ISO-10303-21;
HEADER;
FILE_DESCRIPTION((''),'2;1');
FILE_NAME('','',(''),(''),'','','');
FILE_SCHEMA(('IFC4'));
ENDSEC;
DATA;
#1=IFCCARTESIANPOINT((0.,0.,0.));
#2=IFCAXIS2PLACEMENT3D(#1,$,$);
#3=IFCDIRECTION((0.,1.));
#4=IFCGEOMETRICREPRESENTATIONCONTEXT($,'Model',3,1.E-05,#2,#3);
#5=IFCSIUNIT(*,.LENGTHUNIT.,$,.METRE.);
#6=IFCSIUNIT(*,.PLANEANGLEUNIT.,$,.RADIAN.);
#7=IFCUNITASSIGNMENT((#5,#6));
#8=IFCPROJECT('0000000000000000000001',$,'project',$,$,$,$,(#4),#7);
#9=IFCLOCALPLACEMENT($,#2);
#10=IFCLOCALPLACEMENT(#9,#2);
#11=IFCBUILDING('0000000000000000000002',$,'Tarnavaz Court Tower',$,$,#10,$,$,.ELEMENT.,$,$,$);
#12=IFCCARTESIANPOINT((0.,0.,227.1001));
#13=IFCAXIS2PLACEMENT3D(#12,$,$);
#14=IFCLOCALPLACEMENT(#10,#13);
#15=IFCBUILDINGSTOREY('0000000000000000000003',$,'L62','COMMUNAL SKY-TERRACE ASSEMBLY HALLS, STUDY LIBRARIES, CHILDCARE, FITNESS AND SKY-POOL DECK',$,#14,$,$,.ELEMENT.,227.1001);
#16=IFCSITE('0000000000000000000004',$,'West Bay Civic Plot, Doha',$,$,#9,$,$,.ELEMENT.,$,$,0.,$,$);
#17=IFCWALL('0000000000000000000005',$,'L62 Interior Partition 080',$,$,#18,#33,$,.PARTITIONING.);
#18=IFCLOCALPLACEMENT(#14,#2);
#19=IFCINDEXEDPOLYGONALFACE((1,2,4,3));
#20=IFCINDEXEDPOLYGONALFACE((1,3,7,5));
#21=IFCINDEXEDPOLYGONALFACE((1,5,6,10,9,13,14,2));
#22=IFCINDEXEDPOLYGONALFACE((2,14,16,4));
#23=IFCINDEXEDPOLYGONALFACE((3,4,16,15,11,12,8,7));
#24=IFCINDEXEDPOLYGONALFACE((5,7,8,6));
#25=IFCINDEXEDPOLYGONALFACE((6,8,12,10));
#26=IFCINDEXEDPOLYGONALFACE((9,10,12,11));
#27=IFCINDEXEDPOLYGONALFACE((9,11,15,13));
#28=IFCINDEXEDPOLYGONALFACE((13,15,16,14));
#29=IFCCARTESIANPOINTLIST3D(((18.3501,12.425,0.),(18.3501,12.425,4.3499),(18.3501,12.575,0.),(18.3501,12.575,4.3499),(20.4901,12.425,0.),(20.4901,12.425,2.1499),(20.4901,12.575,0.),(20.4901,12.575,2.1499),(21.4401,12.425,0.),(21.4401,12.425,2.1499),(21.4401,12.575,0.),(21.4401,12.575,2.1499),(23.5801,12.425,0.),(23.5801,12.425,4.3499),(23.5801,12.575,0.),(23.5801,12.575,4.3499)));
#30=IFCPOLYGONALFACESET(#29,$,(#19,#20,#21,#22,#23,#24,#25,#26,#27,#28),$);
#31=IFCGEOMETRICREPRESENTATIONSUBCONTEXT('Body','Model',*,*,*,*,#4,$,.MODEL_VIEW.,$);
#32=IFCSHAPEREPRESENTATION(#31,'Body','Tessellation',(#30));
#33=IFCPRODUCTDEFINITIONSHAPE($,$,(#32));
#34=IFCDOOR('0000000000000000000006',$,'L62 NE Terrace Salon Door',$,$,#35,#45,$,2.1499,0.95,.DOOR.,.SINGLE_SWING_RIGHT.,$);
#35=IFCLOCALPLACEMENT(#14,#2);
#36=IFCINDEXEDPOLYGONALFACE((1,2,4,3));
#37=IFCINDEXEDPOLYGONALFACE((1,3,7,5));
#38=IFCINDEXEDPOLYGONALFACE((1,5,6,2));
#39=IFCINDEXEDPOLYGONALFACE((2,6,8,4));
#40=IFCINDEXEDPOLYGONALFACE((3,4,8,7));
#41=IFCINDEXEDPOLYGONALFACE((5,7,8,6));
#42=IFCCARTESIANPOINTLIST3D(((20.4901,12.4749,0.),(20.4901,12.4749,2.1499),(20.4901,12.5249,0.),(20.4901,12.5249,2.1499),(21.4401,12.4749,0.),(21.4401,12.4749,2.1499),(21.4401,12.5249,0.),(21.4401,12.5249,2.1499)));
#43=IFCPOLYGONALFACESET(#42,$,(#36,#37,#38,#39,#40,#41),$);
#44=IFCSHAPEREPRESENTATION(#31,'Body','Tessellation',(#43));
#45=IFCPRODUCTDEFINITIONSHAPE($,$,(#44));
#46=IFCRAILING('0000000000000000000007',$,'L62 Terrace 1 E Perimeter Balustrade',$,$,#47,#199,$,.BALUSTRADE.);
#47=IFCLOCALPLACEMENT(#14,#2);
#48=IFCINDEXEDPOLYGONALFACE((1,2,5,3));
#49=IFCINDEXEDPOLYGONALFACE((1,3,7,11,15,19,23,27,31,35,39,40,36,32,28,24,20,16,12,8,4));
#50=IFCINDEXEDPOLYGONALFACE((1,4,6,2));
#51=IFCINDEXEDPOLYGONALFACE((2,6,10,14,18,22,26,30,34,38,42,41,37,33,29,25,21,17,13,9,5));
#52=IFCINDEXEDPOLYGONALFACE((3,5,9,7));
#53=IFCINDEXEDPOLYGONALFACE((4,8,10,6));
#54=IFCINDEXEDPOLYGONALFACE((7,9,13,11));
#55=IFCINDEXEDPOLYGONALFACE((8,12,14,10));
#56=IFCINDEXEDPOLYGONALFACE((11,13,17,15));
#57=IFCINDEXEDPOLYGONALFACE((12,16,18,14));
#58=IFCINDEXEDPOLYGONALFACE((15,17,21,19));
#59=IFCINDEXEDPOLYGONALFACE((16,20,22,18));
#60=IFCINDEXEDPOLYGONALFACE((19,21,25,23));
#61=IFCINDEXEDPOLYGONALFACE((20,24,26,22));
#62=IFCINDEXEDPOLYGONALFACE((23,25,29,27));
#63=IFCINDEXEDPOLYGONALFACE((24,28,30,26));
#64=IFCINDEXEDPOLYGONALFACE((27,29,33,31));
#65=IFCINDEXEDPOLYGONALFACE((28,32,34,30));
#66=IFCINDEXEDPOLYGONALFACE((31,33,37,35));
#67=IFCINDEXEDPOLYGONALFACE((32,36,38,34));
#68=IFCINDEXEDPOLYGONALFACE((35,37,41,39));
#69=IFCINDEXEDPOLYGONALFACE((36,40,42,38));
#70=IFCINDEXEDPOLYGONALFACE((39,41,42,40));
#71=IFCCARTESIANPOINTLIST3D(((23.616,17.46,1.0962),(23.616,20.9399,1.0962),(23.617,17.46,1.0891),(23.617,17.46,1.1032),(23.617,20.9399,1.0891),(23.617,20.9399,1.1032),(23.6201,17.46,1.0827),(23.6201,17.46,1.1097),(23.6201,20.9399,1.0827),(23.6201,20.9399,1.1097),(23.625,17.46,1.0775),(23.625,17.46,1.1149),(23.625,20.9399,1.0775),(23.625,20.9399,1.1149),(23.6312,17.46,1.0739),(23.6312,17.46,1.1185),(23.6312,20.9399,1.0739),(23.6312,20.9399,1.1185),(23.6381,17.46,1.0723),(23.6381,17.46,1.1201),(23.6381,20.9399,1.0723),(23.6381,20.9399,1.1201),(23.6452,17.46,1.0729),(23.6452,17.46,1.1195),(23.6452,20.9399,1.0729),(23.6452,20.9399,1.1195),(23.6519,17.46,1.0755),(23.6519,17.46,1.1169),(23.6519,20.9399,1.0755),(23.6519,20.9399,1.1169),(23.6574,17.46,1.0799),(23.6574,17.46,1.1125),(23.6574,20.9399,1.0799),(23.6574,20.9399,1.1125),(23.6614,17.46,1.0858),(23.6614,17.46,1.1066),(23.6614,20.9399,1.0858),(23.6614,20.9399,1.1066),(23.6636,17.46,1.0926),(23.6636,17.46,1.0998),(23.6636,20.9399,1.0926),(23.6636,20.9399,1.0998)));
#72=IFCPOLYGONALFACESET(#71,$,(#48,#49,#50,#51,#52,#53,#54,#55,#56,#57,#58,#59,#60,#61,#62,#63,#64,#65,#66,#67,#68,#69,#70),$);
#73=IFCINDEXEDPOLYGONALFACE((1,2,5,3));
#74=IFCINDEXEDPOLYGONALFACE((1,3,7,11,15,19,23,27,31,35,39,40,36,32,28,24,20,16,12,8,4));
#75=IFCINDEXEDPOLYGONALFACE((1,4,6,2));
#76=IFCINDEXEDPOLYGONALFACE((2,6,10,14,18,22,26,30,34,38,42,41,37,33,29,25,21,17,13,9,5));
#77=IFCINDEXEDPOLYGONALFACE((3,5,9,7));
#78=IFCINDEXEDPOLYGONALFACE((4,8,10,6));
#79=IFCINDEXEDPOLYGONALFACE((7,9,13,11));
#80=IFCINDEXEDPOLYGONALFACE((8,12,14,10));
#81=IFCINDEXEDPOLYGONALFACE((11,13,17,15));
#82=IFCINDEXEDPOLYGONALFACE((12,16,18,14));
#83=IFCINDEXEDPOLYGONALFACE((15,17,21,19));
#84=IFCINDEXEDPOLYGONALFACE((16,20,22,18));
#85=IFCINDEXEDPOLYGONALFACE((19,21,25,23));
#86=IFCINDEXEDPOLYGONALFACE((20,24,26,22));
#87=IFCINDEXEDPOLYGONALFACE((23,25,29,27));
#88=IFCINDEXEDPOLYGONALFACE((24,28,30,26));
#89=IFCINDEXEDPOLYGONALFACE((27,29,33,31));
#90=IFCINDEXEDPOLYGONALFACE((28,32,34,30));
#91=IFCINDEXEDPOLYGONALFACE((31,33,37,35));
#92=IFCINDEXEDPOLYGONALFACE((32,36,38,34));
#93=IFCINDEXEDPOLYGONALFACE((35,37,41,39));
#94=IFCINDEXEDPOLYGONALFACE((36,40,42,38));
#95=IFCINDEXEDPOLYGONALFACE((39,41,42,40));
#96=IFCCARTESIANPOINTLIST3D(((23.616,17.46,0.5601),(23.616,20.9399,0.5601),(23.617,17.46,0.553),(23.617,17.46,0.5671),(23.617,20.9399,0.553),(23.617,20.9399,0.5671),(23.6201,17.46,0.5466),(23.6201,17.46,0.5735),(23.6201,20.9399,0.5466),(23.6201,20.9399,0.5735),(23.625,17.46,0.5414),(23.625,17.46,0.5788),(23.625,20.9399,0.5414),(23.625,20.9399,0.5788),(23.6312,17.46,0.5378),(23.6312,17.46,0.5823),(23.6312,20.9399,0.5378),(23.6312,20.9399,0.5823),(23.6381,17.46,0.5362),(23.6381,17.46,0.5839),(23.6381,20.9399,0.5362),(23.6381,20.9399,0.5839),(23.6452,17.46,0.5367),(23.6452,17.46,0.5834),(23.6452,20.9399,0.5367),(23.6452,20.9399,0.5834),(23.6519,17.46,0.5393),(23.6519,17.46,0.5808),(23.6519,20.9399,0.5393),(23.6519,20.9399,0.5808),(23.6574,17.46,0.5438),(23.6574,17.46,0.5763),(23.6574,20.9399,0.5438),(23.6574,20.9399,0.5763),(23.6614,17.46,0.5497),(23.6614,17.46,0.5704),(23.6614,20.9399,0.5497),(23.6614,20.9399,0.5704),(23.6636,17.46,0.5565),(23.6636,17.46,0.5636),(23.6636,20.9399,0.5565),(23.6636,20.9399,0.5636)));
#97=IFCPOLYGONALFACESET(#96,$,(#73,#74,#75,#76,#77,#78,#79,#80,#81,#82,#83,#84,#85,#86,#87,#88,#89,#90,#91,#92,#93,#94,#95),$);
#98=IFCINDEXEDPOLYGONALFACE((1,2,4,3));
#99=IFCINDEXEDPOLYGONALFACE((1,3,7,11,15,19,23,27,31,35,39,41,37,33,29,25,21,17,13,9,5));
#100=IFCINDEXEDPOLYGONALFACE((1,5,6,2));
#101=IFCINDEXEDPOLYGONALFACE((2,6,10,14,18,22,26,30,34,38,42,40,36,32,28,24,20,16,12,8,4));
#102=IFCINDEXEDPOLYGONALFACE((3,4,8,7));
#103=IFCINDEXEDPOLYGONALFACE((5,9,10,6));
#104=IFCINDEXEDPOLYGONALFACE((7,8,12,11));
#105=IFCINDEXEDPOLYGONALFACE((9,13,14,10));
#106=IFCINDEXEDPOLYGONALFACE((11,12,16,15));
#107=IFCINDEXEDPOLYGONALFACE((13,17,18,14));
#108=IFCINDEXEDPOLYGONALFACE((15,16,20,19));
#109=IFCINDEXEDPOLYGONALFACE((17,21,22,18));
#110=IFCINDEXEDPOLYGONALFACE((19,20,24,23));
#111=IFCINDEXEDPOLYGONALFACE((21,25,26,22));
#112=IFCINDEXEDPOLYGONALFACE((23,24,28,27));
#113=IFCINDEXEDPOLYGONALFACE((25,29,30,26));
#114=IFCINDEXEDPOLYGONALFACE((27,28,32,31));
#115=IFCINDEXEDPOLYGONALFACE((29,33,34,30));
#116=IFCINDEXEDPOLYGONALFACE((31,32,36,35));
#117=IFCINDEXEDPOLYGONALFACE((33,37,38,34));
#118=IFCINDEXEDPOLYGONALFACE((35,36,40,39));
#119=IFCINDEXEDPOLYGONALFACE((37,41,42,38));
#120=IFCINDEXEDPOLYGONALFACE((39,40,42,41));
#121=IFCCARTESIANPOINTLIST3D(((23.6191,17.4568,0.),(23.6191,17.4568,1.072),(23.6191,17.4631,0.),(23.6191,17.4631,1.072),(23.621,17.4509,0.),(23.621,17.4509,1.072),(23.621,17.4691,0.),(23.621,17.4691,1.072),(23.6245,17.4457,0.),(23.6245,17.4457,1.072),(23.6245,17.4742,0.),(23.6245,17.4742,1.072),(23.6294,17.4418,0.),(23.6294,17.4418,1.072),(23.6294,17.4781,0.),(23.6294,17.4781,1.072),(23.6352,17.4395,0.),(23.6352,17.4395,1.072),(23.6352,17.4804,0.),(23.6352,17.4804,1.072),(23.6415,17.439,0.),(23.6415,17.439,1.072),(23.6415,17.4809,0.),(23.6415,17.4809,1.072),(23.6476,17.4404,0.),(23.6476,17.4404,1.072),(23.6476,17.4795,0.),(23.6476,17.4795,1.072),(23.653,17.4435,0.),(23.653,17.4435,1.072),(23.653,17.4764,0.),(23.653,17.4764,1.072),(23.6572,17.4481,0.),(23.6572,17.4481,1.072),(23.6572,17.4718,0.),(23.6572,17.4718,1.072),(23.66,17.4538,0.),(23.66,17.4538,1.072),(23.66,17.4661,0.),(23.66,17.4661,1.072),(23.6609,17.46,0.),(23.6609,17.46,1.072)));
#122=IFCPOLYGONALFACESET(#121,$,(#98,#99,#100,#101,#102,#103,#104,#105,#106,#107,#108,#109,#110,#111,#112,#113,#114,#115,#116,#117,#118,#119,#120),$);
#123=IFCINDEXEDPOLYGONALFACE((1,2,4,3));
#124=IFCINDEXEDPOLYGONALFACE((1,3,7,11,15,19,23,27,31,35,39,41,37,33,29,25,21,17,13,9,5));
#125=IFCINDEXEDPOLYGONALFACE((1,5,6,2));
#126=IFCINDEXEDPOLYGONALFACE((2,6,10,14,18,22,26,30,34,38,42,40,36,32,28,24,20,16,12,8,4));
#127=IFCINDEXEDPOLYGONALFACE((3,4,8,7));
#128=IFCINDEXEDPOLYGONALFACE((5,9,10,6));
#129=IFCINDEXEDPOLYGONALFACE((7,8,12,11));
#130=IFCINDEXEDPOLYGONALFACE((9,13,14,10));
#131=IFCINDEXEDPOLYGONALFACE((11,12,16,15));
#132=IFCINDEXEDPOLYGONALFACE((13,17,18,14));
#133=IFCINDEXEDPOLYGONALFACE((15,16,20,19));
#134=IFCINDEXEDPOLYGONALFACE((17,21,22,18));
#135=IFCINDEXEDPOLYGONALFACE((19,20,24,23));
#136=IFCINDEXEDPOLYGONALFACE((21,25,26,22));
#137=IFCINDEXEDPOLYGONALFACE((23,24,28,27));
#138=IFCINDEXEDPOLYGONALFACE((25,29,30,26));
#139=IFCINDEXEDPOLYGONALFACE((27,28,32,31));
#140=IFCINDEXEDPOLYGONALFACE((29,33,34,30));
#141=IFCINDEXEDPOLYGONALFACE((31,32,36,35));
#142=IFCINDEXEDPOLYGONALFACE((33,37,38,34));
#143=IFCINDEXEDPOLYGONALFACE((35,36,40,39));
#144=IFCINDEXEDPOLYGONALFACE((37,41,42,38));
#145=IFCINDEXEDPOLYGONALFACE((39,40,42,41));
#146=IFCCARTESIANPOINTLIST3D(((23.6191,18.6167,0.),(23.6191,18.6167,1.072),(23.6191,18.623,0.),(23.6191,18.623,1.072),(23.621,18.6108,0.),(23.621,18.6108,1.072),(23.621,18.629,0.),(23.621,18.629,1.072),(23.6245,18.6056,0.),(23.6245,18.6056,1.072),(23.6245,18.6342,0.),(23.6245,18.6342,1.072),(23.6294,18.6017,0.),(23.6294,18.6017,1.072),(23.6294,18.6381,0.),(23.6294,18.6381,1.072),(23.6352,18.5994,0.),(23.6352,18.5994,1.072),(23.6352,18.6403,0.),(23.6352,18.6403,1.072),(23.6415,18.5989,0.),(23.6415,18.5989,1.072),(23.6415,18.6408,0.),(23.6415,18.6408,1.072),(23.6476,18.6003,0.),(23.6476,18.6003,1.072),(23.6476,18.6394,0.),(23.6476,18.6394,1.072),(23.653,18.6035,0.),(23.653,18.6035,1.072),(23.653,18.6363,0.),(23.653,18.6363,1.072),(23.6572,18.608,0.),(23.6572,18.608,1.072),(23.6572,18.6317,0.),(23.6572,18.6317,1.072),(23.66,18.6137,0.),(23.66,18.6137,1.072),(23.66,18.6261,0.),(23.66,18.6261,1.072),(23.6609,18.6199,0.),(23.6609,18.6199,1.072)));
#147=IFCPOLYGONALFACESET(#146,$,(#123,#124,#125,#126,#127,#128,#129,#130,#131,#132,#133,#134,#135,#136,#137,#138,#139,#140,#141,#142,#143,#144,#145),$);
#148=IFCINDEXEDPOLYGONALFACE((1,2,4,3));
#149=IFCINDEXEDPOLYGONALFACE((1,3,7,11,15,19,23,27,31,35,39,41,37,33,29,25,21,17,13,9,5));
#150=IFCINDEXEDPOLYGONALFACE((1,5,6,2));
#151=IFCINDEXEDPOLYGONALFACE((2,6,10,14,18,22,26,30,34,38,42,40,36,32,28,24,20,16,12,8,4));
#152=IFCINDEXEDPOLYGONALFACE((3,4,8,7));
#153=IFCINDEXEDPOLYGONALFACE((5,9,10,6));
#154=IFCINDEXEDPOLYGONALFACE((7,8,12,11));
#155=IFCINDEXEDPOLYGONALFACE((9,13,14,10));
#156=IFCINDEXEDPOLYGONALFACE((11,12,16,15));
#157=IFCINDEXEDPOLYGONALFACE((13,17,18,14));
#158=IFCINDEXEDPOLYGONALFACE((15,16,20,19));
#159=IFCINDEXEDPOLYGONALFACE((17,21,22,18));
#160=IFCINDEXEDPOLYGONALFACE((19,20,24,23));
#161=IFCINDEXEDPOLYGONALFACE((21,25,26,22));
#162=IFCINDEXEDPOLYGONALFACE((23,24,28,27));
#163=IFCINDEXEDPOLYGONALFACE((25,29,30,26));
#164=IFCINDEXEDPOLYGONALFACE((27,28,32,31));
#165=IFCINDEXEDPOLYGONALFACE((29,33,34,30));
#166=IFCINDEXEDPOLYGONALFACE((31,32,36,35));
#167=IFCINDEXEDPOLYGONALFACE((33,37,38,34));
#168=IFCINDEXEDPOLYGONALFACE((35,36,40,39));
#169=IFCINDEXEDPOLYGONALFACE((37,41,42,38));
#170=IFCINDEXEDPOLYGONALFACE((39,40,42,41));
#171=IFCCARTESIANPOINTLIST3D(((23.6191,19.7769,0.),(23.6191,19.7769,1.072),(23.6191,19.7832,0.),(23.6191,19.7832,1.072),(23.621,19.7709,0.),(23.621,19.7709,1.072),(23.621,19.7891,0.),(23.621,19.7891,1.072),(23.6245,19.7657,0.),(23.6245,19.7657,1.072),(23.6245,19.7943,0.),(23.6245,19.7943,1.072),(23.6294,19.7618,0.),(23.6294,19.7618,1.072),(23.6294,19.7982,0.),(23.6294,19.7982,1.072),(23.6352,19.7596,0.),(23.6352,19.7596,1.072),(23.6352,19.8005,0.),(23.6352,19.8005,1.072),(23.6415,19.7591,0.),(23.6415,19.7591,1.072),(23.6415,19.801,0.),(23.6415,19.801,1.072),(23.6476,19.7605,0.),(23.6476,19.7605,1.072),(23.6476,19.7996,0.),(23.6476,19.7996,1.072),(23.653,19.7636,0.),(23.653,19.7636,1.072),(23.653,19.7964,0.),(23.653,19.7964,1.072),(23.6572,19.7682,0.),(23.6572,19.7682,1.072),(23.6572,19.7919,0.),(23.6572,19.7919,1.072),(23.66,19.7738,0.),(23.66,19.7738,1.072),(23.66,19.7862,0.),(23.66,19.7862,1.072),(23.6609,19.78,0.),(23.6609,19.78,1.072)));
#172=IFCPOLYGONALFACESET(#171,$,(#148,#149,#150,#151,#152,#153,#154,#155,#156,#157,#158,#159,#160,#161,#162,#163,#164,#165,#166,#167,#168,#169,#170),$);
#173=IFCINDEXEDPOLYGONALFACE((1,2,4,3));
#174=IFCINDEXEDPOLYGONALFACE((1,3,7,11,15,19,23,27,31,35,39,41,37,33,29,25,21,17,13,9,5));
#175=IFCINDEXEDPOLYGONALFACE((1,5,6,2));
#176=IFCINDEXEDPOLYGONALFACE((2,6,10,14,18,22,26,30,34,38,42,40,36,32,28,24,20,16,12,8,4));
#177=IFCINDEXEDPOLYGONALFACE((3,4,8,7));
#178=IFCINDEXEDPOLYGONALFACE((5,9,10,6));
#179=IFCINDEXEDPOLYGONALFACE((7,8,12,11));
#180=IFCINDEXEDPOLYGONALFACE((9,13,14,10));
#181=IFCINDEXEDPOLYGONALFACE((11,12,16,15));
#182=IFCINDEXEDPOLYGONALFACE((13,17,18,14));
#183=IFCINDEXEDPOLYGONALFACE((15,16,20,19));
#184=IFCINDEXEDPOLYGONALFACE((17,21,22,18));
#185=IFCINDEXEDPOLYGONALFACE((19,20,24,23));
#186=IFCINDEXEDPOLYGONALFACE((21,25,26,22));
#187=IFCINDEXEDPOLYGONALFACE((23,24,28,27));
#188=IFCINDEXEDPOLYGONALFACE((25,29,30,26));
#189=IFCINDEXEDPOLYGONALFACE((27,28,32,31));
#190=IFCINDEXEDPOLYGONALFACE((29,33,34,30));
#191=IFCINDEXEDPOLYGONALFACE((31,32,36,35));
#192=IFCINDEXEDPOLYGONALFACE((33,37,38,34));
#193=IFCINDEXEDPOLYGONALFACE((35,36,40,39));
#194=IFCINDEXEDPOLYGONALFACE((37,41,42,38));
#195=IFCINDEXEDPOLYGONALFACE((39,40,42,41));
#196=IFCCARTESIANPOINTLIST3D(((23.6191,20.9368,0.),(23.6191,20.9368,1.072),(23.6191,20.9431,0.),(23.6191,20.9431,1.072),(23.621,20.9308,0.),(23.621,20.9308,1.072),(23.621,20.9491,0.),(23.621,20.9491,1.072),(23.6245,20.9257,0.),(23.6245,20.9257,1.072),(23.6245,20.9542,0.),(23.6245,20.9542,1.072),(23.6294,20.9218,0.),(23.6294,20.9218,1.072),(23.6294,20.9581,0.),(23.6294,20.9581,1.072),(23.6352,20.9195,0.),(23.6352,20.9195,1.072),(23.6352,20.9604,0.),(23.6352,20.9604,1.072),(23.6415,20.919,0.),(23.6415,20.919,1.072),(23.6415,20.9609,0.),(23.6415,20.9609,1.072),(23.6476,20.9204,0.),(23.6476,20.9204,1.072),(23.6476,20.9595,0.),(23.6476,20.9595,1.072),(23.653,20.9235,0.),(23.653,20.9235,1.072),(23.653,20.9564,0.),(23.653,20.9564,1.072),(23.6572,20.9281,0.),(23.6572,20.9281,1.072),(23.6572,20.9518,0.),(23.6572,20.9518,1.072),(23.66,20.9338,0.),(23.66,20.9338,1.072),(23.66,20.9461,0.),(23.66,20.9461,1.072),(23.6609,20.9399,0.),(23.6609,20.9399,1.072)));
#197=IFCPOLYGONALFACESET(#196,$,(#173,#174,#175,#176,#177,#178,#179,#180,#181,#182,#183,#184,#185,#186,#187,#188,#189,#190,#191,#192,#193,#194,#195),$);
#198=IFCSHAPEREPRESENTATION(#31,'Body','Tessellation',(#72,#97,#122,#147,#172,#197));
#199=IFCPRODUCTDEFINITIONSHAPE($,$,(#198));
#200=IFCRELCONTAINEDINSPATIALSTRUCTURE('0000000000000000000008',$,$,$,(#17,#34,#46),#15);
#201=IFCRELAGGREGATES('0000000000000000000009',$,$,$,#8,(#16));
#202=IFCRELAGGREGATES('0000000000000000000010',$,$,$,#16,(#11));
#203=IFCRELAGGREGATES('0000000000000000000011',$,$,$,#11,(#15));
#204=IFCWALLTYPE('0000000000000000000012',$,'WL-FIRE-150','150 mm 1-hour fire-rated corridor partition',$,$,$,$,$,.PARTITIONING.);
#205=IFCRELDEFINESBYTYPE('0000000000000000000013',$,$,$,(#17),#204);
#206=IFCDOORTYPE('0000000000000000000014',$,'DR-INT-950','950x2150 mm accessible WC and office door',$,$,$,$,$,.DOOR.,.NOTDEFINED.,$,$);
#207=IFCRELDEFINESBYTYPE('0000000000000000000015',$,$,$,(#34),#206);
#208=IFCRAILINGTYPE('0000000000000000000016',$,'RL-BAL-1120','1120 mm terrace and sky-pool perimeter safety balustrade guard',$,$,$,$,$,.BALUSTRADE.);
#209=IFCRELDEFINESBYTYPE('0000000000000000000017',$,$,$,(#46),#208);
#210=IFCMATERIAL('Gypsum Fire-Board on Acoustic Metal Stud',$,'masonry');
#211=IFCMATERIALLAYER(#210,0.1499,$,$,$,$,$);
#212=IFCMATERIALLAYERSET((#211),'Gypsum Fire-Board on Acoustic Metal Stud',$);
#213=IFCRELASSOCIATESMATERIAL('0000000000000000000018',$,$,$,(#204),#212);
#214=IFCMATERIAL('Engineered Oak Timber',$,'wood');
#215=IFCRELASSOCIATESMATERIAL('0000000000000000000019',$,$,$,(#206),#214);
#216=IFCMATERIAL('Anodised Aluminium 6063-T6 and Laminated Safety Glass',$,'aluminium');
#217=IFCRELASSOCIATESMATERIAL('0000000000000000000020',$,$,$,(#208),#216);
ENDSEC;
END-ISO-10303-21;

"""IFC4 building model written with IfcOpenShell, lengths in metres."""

from ifc_helpers import new_model, si_unit, direction, frame, frame_2d, origin, origin_2d, place, context, subcontext, project, spatial, rectangle, circle, extrude, material, layer, layer_set, type_object, element, fill, save


model = new_model("IFC4")

# Units and contexts
model_context = context("Model", 3, precision=1e-05, world=origin(), true_north=direction((0.0, 1.0)))
body_context = subcontext(model_context, "Body", "Model", "MODEL_VIEW")
ifc_project = project(units=[si_unit("LENGTHUNIT", "METRE"), si_unit("PLANEANGLEUNIT", "RADIAN")], contexts=[model_context])

# Site, building, storey
site_placement = place(None, origin())
site = spatial("IfcSite", under=ifc_project, at=site_placement, Name="West Bay Civic Plot, Doha", CompositionType="ELEMENT", RefElevation=0.0)
building_placement = place(site_placement, origin())
building = spatial("IfcBuilding", under=site, at=building_placement, Name="Tarnavaz Court Tower", CompositionType="ELEMENT")
storey_placement = place(building_placement, frame((0.0, 0.0, 227.1001)))
storey = spatial("IfcBuildingStorey", under=building, at=storey_placement, Name="L62", Description="COMMUNAL SKY-TERRACE ASSEMBLY HALLS, STUDY LIBRARIES, CHILDCARE, FITNESS AND SKY-POOL DECK", CompositionType="ELEMENT", Elevation=227.1001)

# Shared definitions
ifc_material_1 = material(Name="Gypsum Fire-Board on Acoustic Metal Stud", Category="masonry")
ifc_layer_1 = layer(ifc_material_1, 0.1499)
ifc_layer_set_1 = layer_set([ifc_layer_1], Name="Gypsum Fire-Board on Acoustic Metal Stud")
wall_type_1 = type_object("IfcWallType", Name="WL-FIRE-150", Description="150 mm 1-hour fire-rated corridor partition", PredefinedType="PARTITIONING", material=ifc_layer_set_1)

# Wall, opening, door
wall_1_placement = place(storey_placement, frame((18.3501, 12.5, 0.0), z_axis=(0.0, 0.0, 1.0), x_axis=(1.0, 0.0, 0.0)))
wall_1 = element("IfcWall", 1, at=wall_1_placement, inside=storey, type_object=wall_type_1, Name="L62 Interior Partition 080", PredefinedType="PARTITIONING", context=body_context, shape_type="SweptSolid", body=[
    extrude(rectangle(XDim=5.23, YDim=0.1499, at=frame_2d((2.615, 0.0))), origin(), (0.0, 0.0, 1.0), 4.3499),
])
opening_1_placement = place(wall_1_placement, frame((2.1399, 0.0, 0.0)))
opening_1 = element("IfcOpeningElement", 2, at=opening_1_placement, cuts=wall_1, PredefinedType="OPENING", context=body_context, shape_type="SweptSolid", body=[
    extrude(rectangle(XDim=0.95, YDim=2.1499, at=frame_2d((0.4751, 1.075))), frame((0.0, 0.085, 0.0), z_axis=(0.0, -1.0, 0.0), x_axis=(1.0, 0.0, 0.0)), (0.0, 0.0, 1.0), 0.1699),
])
ifc_material_2 = material(Name="Engineered Oak Timber", Category="wood")
door_type_1 = type_object("IfcDoorType", Name="DR-INT-950", Description="950x2150 mm accessible WC and office door", OperationType="NOTDEFINED", PredefinedType="DOOR", material=ifc_material_2)
door_1_placement = place(opening_1_placement, origin())
door_1 = element("IfcDoor", 3, at=door_1_placement, inside=storey, type_object=door_type_1, Name="L62 NE Terrace Salon Door", OperationType="SINGLE_SWING_RIGHT", OverallHeight=2.1499, OverallWidth=0.95, PredefinedType="DOOR", context=body_context, shape_type="SweptSolid", body=[
    extrude(rectangle(XDim=0.95, YDim=2.1499, at=frame_2d((0.4751, 1.075))), frame((0.0, 0.0249, 0.0), z_axis=(0.0, -1.0, 0.0), x_axis=(1.0, 0.0, 0.0)), (0.0, 0.0, 1.0), 0.05),
])
fill(opening_1, door_1)

# Railing
ifc_material_3 = material(Name="Anodised Aluminium 6063-T6 and Laminated Safety Glass", Category="aluminium")
railing_type = type_object("IfcRailingType", Name="RL-BAL-1120", Description="1120 mm terrace and sky-pool perimeter safety balustrade guard", PredefinedType="BALUSTRADE", material=ifc_material_3)
railing_1_placement = place(storey_placement, frame((23.6399, 17.46, 0.0)))
element("IfcRailing", 4, at=railing_1_placement, inside=storey, type_object=railing_type, Name="L62 Terrace 1 E Perimeter Balustrade", PredefinedType="BALUSTRADE", context=body_context, shape_type="SweptSolid", body=[
    extrude(circle(Radius=0.0239, at=origin_2d()), frame((0.0, 0.0, 1.0962), z_axis=(0.0, 1.0, 0.0), x_axis=(-1.0, 0.0, 0.0)), (0.0, 0.0, 1.0), 3.48),
    extrude(circle(Radius=0.0239, at=origin_2d()), frame((0.0, 0.0, 0.5601), z_axis=(0.0, 1.0, 0.0), x_axis=(-1.0, 0.0, 0.0)), (0.0, 0.0, 1.0), 3.48),
    extrude(circle(Radius=0.021, at=origin_2d()), origin(), (0.0, 0.0, 1.0), 1.072),
    extrude(circle(Radius=0.021, at=origin_2d()), frame((0.0, 1.1599, 0.0)), (0.0, 0.0, 1.0), 1.072),
    extrude(circle(Radius=0.021, at=origin_2d()), frame((0.0, 2.3201, 0.0)), (0.0, 0.0, 1.0), 1.072),
    extrude(circle(Radius=0.021, at=origin_2d()), frame((0.0, 3.48, 0.0)), (0.0, 0.0, 1.0), 1.072),
])

save(model, "model.ifc")
